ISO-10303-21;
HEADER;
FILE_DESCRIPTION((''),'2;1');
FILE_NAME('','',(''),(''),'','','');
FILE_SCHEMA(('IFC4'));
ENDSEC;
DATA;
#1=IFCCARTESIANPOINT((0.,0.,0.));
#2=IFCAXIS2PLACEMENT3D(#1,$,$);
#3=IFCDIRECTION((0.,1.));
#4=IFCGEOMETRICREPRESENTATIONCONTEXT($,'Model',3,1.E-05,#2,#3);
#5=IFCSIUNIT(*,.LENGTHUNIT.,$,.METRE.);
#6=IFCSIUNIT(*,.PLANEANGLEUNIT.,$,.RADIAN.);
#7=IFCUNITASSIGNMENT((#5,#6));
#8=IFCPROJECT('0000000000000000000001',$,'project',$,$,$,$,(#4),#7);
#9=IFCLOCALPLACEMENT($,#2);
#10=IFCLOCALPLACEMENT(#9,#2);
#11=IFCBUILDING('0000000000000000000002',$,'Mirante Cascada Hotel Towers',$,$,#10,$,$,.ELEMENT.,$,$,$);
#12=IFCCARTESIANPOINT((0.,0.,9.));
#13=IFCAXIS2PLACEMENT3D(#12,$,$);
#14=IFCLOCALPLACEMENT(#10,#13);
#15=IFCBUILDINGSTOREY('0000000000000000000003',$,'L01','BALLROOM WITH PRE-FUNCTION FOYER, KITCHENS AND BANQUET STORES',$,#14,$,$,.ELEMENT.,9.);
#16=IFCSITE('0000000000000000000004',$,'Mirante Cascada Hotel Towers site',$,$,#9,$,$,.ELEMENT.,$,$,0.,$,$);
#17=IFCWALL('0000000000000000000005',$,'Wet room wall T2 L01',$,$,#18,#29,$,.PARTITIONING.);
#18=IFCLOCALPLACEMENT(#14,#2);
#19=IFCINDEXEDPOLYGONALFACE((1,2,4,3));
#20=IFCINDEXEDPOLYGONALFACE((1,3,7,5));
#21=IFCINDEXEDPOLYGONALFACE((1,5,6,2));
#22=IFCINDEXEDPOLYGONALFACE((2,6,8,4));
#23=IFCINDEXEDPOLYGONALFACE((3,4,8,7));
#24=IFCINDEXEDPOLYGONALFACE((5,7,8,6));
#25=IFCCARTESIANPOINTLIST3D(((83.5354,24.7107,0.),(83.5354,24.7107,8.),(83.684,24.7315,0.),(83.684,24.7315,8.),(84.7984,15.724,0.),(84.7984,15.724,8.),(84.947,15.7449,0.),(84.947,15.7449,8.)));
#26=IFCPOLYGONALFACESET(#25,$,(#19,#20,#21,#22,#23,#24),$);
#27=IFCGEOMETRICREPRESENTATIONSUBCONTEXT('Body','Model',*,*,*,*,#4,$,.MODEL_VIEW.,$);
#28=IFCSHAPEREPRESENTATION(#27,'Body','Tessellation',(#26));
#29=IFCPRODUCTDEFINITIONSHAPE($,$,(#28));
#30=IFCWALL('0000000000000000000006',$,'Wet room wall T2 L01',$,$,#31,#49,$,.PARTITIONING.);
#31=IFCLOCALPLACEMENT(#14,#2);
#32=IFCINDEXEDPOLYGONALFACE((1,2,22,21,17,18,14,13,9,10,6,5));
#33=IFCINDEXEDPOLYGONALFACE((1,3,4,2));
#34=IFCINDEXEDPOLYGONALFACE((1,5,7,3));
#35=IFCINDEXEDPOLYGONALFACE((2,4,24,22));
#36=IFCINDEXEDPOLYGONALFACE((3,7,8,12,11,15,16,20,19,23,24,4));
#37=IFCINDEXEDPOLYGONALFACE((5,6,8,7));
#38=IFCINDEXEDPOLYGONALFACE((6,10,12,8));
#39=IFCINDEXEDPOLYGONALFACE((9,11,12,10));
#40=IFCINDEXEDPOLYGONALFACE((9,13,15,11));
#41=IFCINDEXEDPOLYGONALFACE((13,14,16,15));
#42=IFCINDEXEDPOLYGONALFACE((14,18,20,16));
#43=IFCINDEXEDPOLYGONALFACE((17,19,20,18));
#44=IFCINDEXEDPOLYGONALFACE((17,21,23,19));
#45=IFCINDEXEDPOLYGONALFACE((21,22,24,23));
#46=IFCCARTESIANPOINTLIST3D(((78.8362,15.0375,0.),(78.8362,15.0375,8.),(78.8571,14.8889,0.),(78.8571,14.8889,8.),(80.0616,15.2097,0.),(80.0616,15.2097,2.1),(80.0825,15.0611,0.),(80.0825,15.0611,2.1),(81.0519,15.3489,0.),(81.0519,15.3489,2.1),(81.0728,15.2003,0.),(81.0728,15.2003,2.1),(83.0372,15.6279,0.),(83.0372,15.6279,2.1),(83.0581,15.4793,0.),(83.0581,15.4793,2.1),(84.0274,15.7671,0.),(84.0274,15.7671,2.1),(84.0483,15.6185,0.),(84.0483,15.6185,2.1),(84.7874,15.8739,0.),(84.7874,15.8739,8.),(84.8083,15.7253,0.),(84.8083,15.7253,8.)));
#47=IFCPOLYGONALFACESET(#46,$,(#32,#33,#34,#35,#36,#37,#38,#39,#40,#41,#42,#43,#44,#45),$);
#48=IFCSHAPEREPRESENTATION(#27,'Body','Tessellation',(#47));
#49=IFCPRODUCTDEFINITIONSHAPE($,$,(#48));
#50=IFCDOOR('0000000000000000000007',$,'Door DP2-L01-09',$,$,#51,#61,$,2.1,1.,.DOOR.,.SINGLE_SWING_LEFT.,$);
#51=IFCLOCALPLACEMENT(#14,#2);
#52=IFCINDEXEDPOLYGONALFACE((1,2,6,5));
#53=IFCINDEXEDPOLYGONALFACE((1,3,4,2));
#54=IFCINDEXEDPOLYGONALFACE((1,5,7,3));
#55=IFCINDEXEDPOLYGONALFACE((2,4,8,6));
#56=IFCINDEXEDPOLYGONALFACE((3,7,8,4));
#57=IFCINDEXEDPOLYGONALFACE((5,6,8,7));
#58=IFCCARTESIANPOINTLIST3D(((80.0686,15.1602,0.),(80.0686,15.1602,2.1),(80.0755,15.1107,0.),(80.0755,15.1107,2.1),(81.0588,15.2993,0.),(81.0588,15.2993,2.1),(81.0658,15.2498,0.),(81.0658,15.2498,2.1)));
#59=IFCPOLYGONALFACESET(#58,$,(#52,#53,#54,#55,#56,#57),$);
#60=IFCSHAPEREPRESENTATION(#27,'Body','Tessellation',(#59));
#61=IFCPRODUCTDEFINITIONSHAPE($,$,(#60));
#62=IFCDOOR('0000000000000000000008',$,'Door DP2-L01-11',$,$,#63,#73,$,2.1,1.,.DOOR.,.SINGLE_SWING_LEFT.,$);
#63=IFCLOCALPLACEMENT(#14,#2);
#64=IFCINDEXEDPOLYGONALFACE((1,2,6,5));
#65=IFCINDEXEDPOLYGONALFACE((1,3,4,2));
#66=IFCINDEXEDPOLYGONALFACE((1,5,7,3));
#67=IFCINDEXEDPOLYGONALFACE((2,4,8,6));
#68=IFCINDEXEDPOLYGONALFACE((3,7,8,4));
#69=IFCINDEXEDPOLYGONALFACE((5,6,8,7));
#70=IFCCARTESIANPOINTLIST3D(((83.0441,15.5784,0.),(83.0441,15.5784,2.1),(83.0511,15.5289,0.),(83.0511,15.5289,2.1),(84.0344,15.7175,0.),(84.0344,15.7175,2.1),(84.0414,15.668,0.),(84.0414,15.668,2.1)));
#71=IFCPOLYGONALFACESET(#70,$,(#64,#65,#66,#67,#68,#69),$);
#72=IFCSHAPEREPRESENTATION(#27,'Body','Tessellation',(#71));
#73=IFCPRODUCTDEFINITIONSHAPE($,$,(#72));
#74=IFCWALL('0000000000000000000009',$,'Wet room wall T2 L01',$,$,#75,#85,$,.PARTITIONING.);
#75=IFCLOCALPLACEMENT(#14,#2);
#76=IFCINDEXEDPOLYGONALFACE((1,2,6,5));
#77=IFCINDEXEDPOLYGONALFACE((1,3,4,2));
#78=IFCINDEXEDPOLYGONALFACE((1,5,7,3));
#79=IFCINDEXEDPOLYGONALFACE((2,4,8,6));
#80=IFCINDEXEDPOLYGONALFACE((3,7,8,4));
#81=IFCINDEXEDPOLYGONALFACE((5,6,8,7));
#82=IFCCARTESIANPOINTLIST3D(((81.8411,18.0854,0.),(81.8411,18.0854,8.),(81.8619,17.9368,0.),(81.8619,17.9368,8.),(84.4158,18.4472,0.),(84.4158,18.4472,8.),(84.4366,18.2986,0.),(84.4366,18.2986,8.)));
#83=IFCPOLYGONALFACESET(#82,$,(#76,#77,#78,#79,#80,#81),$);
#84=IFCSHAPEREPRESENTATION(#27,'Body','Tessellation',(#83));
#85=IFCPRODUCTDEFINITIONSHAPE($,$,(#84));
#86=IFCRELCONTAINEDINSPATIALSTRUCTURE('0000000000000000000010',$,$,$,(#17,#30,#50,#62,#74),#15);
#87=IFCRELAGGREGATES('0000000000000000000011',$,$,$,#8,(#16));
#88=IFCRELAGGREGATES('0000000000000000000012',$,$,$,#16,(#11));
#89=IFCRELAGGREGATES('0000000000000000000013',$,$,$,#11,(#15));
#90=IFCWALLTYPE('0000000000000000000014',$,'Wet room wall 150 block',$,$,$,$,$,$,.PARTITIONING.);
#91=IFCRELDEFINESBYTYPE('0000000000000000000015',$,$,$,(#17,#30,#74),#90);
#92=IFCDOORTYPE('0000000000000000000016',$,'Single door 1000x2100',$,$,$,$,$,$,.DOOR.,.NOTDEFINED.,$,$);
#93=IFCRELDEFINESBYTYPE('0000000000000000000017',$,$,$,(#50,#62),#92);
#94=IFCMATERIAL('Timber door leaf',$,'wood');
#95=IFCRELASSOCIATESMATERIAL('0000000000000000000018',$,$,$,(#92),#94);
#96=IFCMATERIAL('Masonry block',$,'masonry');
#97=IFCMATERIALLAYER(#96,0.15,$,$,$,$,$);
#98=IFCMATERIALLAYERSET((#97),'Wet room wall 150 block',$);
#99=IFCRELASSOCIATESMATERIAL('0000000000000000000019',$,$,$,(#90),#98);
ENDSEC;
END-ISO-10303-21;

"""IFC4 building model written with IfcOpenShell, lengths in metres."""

from ifc_helpers import new_model, si_unit, direction, frame, frame_2d, origin, place, context, subcontext, project, spatial, rectangle, extrude, material, layer, layer_set, type_object, element, fill, save


model = new_model("IFC4")

# Units and contexts
model_context = context("Model", 3, precision=1e-05, world=origin(), true_north=direction((0.0, 1.0)))
body_context = subcontext(model_context, "Body", "Model", "MODEL_VIEW")
ifc_project = project(units=[si_unit("LENGTHUNIT", "METRE"), si_unit("PLANEANGLEUNIT", "RADIAN")], contexts=[model_context])

# Site, building, storey
site_placement = place(None, origin())
site = spatial("IfcSite", under=ifc_project, at=site_placement, Name="Mirante Cascada Hotel Towers site", CompositionType="ELEMENT", RefElevation=0.0)
building_placement = place(site_placement, origin())
building = spatial("IfcBuilding", under=site, at=building_placement, Name="Mirante Cascada Hotel Towers", CompositionType="ELEMENT")
storey_placement = place(building_placement, frame((0.0, 0.0, 9.0)))
storey = spatial("IfcBuildingStorey", under=building, at=storey_placement, Name="L01", Description="BALLROOM WITH PRE-FUNCTION FOYER, KITCHENS AND BANQUET STORES", CompositionType="ELEMENT", Elevation=9.0)

# Shared definitions
ifc_material_1 = material(Name="Timber door leaf", Category="wood")
door_type = type_object("IfcDoorType", Name="Single door 1000x2100", OperationType="NOTDEFINED", PredefinedType="DOOR", material=ifc_material_1)

# Wall
ifc_material_2 = material(Name="Masonry block", Category="masonry")
ifc_layer_1 = layer(ifc_material_2, 0.15)
ifc_layer_set_1 = layer_set([ifc_layer_1], Name="Wet room wall 150 block")
wall_type_1 = type_object("IfcWallType", Name="Wet room wall 150 block", PredefinedType="PARTITIONING", material=ifc_layer_set_1)
wall_1_placement = place(storey_placement, frame((83.6097, 24.7211, 0.0), z_axis=(0.0, 0.0, 1.0), x_axis=(0.139173, -0.990268, 0.0)))
element("IfcWall", 1, at=wall_1_placement, inside=storey, type_object=wall_type_1, Name="Wet room wall T2 L01", PredefinedType="PARTITIONING", context=body_context, shape_type="SweptSolid", body=[
    extrude(rectangle(XDim=9.075, YDim=0.15, at=frame_2d((4.5375, 0.0))), origin(), (0.0, 0.0, 1.0), 8.0),
])

# Wall, openings, doors
wall_2_placement = place(storey_placement, frame((78.8467, 14.9632, 0.0), z_axis=(0.0, 0.0, 1.0), x_axis=(0.990268, 0.139175, 0.0)))
wall_2 = element("IfcWall", 2, at=wall_2_placement, inside=storey, type_object=wall_type_1, Name="Wet room wall T2 L01", PredefinedType="PARTITIONING", context=body_context, shape_type="SweptSolid", body=[
    extrude(rectangle(XDim=6.0097, YDim=0.15, at=frame_2d((3.0048, 0.0))), origin(), (0.0, 0.0, 1.0), 8.0),
])
opening_1_placement = place(wall_2_placement, frame((1.2374, 0.0, 0.0)))
opening_1 = element("IfcOpeningElement", 3, at=opening_1_placement, cuts=wall_2, PredefinedType="OPENING", context=body_context, shape_type="SweptSolid", body=[
    extrude(rectangle(XDim=1.0, YDim=2.1, at=frame_2d((0.5, 1.05))), frame((0.0, 0.075, 0.0), z_axis=(0.0, -1.0, 0.0), x_axis=(1.0, 0.0, 0.0)), (0.0, 0.0, 1.0), 0.15),
])
opening_2_placement = place(wall_2_placement, frame((4.2422, 0.0, 0.0)))
opening_2 = element("IfcOpeningElement", 4, at=opening_2_placement, cuts=wall_2, PredefinedType="OPENING", context=body_context, shape_type="SweptSolid", body=[
    extrude(rectangle(XDim=1.0, YDim=2.1, at=frame_2d((0.5, 1.05))), frame((0.0, 0.075, 0.0), z_axis=(0.0, -1.0, 0.0), x_axis=(1.0, 0.0, 0.0)), (0.0, 0.0, 1.0), 0.15),
])
door_1_placement = place(opening_1_placement, origin())
door_1 = element("IfcDoor", 5, at=door_1_placement, inside=storey, type_object=door_type, Name="Door DP2-L01-09", OperationType="SINGLE_SWING_LEFT", OverallHeight=2.1, OverallWidth=1.0, PredefinedType="DOOR", context=body_context, shape_type="SweptSolid", body=[
    extrude(rectangle(XDim=1.0, YDim=2.1, at=frame_2d((0.5, 1.05))), frame((0.0, 0.025, 0.0), z_axis=(0.0, -1.0, 0.0), x_axis=(1.0, 0.0, 0.0)), (0.0, 0.0, 1.0), 0.05),
])
fill(opening_1, door_1)
door_2_placement = place(opening_2_placement, origin())
door_2 = element("IfcDoor", 6, at=door_2_placement, inside=storey, type_object=door_type, Name="Door DP2-L01-11", OperationType="SINGLE_SWING_LEFT", OverallHeight=2.1, OverallWidth=1.0, PredefinedType="DOOR", context=body_context, shape_type="SweptSolid", body=[
    extrude(rectangle(XDim=1.0, YDim=2.1, at=frame_2d((0.5, 1.05))), frame((0.0, 0.025, 0.0), z_axis=(0.0, -1.0, 0.0), x_axis=(1.0, 0.0, 0.0)), (0.0, 0.0, 1.0), 0.05),
])
fill(opening_2, door_2)

# Wall
wall_3_placement = place(storey_placement, frame((81.8515, 18.0111, 0.0), z_axis=(0.0, 0.0, 1.0), x_axis=(0.990271, 0.139154, 0.0)))
element("IfcWall", 7, at=wall_3_placement, inside=storey, type_object=wall_type_1, Name="Wet room wall T2 L01", PredefinedType="PARTITIONING", context=body_context, shape_type="SweptSolid", body=[
    extrude(rectangle(XDim=2.6, YDim=0.15, at=frame_2d((1.3, 0.0))), origin(), (0.0, 0.0, 1.0), 8.0),
])

save(model, "model.ifc")
